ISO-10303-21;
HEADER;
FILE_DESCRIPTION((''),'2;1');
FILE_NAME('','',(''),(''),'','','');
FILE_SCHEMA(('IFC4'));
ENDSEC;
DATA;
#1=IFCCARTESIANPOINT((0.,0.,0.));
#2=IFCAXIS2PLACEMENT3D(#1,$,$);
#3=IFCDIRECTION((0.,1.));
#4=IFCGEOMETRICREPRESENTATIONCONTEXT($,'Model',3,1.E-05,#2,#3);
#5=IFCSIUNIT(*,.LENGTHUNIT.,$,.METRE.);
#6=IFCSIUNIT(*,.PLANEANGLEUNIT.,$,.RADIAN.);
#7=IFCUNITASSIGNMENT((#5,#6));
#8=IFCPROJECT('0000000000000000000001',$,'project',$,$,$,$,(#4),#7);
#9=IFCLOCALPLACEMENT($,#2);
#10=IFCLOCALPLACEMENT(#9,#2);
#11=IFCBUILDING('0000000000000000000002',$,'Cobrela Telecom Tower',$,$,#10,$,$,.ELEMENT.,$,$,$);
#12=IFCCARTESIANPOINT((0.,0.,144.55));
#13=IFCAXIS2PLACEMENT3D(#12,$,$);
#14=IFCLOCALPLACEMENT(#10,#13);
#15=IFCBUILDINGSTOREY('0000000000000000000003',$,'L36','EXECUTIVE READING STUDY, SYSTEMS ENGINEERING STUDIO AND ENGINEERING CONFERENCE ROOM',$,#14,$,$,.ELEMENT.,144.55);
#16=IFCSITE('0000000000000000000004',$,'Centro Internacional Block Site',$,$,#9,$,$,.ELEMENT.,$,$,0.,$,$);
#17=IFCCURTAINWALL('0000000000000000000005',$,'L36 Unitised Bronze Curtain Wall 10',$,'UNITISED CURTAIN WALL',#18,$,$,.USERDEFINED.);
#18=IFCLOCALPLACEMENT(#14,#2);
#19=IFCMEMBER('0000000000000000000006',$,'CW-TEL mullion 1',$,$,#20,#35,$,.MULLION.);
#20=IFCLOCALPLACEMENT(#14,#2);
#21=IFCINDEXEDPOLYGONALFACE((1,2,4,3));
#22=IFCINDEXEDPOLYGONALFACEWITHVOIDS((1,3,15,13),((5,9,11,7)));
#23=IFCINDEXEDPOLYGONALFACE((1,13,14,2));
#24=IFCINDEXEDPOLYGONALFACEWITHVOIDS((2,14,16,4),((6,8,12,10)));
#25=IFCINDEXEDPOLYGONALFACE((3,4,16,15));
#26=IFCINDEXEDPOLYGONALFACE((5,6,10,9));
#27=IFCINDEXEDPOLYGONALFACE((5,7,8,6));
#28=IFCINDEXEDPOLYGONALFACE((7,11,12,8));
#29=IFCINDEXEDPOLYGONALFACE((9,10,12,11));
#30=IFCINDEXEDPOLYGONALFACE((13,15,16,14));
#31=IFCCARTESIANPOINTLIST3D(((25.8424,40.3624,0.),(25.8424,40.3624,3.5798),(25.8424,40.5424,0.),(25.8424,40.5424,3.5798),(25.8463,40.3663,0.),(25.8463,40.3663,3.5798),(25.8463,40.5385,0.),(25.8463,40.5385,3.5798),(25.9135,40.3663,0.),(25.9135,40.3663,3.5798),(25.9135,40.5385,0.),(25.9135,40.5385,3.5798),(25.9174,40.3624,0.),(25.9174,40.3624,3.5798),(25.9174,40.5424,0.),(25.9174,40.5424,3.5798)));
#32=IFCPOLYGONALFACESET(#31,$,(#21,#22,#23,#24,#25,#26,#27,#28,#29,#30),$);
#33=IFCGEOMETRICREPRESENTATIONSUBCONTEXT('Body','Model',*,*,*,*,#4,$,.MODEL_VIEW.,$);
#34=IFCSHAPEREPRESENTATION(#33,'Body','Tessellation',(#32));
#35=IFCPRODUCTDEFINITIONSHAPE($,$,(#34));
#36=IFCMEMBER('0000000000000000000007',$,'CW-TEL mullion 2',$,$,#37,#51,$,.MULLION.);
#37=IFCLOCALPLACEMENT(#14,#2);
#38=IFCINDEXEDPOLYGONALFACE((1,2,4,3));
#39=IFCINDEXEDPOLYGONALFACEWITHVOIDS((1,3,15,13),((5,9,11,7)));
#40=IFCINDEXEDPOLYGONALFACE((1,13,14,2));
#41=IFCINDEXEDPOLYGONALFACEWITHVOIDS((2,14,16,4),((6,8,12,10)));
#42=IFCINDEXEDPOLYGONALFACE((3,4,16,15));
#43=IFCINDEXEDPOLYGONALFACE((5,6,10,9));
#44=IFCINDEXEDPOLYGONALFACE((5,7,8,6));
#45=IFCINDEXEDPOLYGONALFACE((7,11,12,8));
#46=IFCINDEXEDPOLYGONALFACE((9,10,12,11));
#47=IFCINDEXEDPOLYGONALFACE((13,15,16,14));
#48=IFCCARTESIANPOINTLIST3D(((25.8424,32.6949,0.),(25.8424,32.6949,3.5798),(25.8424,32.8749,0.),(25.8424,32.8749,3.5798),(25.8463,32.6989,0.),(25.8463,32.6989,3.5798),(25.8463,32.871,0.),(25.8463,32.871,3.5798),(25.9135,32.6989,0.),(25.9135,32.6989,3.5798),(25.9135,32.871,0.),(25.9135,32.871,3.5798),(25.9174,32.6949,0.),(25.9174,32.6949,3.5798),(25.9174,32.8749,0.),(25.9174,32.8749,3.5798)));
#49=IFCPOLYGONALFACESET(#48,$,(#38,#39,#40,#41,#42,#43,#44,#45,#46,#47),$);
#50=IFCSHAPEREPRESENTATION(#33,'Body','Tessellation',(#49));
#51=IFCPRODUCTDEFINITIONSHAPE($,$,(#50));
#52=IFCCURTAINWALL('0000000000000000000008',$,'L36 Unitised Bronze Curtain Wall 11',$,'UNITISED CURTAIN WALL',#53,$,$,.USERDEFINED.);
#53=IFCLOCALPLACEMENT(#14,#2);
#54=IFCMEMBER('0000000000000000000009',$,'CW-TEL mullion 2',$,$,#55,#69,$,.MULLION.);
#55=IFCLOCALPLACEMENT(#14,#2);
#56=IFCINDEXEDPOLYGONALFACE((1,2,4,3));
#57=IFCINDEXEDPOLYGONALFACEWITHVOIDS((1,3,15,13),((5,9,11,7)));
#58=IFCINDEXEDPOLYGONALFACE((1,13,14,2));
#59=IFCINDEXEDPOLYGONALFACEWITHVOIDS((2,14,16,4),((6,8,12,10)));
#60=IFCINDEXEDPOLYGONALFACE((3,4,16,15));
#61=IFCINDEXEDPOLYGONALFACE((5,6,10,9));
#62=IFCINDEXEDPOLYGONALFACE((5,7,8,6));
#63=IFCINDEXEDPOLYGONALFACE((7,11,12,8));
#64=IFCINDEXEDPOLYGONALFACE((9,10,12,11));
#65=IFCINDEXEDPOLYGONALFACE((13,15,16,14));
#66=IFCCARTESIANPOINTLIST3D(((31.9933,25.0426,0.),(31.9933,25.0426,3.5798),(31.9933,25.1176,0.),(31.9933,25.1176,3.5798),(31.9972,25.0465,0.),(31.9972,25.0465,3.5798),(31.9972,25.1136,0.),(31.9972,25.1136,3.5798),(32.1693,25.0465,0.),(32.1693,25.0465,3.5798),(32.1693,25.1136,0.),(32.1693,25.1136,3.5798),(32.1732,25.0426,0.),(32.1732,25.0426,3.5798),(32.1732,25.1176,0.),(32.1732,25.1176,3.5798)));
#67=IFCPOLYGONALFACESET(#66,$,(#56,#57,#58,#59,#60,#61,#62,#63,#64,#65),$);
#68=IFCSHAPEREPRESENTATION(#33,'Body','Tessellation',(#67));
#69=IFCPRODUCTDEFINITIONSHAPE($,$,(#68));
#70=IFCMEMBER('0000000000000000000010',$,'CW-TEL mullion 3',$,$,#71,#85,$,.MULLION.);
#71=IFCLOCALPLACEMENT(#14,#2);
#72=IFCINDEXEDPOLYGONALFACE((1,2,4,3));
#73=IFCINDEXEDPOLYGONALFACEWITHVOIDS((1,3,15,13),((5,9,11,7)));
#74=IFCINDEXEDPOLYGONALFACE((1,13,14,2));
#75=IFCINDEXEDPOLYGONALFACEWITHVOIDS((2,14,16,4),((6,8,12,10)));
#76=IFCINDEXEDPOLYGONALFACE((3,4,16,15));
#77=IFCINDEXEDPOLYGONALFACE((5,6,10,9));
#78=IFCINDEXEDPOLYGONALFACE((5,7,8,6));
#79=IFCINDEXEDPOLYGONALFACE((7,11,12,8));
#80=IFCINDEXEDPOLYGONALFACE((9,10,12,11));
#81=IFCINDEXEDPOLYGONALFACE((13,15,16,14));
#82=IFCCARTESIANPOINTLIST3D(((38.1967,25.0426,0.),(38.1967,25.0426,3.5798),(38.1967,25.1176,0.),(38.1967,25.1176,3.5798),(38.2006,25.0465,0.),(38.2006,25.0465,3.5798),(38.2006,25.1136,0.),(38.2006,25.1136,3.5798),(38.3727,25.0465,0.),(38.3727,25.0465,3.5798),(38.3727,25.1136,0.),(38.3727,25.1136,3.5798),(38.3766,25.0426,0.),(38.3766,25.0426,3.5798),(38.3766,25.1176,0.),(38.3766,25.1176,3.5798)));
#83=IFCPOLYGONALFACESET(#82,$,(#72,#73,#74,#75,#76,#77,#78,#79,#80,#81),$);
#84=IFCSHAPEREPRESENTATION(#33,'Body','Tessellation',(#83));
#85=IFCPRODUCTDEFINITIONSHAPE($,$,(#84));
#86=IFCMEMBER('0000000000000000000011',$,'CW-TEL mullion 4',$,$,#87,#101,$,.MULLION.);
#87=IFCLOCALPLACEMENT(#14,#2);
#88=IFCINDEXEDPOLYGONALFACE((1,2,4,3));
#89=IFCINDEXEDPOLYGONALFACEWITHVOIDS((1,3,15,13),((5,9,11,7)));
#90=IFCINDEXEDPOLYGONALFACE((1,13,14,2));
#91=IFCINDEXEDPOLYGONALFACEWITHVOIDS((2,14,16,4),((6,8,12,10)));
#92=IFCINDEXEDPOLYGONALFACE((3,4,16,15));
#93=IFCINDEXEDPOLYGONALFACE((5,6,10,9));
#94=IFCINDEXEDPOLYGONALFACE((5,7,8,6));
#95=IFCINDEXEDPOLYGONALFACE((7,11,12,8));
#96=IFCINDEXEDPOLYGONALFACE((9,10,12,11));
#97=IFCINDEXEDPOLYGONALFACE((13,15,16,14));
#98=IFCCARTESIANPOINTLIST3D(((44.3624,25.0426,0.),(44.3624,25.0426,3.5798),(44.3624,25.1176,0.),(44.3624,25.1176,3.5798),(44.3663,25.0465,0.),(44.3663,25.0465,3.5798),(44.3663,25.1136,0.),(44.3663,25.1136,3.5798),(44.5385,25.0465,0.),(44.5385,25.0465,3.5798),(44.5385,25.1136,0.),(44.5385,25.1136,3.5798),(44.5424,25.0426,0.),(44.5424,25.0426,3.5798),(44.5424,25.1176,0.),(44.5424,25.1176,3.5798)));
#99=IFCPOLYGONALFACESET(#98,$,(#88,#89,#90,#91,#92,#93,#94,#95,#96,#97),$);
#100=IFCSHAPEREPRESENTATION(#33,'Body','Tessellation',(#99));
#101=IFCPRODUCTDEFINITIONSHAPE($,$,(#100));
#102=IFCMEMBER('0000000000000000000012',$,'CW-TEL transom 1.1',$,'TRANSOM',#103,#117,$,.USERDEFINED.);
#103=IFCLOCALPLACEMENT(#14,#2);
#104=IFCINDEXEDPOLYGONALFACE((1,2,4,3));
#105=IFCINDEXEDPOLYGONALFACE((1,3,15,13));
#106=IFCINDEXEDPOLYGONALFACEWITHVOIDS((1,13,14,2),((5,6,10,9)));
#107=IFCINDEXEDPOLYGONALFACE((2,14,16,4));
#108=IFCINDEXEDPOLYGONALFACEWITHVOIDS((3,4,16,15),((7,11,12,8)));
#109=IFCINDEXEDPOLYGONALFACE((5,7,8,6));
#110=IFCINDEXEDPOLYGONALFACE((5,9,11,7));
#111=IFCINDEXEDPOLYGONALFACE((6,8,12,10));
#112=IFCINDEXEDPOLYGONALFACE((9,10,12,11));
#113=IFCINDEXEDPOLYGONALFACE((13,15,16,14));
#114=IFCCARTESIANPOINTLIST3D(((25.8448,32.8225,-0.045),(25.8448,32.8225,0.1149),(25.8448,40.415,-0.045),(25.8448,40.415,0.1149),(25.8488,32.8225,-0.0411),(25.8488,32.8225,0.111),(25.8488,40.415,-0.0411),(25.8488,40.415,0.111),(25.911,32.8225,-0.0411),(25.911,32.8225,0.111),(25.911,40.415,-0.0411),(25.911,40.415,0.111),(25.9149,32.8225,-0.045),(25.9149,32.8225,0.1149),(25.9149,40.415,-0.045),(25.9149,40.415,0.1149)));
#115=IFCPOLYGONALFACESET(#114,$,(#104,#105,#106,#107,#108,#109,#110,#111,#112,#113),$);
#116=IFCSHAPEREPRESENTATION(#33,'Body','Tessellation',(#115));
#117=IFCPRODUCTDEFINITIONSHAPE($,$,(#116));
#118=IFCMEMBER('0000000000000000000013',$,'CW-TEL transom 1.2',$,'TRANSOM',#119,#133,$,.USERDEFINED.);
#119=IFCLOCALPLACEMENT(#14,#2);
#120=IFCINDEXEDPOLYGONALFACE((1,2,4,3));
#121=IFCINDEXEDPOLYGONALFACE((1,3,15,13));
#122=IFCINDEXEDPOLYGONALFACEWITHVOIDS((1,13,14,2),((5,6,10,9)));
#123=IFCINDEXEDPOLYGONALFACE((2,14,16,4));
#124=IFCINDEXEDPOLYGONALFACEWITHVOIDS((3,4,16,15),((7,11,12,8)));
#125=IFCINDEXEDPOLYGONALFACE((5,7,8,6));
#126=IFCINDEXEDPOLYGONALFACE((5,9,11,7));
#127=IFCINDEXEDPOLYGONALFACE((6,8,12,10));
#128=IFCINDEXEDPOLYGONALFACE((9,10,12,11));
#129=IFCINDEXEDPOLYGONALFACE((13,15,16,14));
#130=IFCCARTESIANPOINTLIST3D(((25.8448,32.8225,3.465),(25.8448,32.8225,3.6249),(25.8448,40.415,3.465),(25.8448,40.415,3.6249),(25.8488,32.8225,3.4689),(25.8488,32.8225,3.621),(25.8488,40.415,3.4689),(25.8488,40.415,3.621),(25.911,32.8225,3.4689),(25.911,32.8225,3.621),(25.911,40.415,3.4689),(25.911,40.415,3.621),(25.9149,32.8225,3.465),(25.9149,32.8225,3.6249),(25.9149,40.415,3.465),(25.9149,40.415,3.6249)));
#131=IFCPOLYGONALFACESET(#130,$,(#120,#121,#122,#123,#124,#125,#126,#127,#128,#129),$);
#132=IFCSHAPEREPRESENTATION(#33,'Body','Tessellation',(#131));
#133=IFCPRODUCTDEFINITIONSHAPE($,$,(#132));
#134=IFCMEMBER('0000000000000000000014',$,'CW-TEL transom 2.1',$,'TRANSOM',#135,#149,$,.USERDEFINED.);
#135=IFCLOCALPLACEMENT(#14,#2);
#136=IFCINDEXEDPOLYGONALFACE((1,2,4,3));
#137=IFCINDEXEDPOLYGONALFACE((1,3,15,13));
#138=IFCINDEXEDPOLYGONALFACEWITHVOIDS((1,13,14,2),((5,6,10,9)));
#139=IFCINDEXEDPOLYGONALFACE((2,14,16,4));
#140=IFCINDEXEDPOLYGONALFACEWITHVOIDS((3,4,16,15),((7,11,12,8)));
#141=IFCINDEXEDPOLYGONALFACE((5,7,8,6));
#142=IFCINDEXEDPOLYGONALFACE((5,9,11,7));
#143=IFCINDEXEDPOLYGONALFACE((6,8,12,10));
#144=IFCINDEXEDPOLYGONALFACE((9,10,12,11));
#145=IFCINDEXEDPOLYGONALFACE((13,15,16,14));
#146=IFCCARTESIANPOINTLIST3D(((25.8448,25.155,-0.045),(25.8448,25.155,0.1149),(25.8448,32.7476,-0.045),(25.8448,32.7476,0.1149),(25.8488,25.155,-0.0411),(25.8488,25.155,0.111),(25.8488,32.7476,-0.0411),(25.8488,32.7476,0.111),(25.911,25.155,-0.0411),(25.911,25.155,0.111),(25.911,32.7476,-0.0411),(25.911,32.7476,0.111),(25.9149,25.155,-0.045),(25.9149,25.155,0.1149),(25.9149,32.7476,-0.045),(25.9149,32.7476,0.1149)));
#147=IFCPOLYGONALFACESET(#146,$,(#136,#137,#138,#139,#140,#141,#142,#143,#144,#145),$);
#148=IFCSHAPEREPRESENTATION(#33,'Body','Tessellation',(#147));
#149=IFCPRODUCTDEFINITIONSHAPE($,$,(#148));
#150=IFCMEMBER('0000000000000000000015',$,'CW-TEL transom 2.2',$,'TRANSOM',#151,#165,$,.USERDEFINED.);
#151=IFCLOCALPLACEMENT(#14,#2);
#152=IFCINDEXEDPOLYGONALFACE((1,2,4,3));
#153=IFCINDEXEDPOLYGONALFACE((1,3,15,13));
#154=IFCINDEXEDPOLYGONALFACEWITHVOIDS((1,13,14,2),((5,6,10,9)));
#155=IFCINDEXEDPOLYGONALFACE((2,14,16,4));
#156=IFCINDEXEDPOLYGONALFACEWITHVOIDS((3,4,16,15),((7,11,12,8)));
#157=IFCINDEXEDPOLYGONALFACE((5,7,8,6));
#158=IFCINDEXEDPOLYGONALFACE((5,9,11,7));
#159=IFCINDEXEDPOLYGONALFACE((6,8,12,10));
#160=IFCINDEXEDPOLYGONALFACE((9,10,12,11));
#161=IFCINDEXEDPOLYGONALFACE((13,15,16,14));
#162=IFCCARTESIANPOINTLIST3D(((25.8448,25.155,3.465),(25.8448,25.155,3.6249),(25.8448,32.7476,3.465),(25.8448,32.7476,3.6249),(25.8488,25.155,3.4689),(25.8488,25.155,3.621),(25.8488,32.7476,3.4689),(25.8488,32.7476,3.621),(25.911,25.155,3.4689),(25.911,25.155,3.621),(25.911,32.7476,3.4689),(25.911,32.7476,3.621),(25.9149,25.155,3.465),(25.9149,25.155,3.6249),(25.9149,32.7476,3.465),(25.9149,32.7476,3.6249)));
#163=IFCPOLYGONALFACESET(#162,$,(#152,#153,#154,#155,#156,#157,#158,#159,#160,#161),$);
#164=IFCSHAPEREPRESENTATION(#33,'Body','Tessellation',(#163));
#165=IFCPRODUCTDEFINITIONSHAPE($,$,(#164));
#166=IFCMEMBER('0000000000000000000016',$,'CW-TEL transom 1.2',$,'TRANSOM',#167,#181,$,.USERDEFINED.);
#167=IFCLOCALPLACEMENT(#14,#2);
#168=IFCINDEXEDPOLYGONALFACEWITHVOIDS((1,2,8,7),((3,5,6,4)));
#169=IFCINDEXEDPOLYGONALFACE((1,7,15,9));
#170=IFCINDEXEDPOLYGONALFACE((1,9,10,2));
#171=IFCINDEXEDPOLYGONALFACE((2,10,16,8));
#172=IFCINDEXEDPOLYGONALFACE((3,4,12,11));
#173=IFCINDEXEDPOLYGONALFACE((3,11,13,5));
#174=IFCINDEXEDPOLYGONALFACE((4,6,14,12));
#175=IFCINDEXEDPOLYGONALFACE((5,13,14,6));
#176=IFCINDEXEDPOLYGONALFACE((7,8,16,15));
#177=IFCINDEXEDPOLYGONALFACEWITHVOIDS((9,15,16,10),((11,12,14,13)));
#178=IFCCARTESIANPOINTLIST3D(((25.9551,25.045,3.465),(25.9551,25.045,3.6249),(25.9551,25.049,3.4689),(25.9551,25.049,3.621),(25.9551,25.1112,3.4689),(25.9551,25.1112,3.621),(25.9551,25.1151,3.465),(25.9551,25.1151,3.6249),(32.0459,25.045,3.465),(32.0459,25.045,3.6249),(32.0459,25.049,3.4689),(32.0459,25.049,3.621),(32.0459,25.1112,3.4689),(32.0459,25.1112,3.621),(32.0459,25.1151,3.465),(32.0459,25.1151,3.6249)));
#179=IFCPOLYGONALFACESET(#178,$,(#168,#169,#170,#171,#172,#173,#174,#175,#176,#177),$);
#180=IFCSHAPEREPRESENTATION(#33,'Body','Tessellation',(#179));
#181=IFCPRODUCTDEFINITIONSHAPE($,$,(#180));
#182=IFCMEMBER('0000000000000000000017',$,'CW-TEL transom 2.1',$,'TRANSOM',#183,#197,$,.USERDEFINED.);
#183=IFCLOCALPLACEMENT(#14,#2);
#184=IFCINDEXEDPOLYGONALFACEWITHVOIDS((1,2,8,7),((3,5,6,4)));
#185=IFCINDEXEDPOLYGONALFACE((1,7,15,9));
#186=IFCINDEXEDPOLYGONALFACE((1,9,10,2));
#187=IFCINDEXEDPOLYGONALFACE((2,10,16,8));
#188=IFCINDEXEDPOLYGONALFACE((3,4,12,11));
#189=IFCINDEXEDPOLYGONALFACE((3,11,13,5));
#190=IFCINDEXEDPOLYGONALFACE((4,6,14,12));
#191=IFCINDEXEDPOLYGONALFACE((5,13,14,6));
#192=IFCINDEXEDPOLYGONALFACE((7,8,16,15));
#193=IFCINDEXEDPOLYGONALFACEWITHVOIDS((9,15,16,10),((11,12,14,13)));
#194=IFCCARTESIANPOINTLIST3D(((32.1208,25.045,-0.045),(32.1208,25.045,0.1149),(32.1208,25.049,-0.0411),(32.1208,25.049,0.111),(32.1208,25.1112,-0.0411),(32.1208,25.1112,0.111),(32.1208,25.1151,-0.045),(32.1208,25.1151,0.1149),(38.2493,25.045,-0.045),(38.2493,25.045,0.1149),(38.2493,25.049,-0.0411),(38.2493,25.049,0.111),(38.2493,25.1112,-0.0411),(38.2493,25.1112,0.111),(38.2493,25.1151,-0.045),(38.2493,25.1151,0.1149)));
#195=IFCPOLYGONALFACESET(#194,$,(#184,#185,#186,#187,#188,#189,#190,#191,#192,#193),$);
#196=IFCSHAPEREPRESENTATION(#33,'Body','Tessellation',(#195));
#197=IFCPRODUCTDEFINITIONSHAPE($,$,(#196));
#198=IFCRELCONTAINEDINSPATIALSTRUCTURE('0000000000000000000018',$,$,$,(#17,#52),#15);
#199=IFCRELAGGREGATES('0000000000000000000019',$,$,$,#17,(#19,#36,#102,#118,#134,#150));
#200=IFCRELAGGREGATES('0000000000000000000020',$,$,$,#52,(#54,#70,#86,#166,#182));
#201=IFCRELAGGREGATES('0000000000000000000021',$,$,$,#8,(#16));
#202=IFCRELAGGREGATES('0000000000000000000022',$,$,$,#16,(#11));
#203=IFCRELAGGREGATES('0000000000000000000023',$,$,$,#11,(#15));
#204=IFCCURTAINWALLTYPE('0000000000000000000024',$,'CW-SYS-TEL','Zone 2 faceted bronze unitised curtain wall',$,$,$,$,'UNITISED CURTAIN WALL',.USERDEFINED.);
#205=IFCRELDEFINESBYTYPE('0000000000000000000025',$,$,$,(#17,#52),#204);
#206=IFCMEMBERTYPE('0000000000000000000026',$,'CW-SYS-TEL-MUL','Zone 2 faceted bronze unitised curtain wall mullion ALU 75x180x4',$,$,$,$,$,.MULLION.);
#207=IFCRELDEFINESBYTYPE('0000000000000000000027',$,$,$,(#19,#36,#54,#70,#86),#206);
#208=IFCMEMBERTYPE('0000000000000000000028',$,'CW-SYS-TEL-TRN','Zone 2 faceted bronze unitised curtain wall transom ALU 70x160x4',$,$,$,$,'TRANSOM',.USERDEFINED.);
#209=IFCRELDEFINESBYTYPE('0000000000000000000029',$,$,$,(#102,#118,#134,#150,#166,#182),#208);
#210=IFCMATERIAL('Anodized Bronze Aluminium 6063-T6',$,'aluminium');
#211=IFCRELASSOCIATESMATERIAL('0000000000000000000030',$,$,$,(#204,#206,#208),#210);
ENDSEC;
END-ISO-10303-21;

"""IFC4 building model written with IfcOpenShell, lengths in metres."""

from ifc_helpers import new_model, si_unit, direction, frame, origin, origin_2d, place, context, subcontext, project, spatial, hollow_rectangle, extrude, material, material_profile, profile_set, type_object, element, aggregate, save


model = new_model("IFC4")

# Units and contexts
model_context = context("Model", 3, precision=1e-05, world=origin(), true_north=direction((0.0, 1.0)))
body_context = subcontext(model_context, "Body", "Model", "MODEL_VIEW")
ifc_project = project(units=[si_unit("LENGTHUNIT", "METRE"), si_unit("PLANEANGLEUNIT", "RADIAN")], contexts=[model_context])

# Site, building, storey
site_placement = place(None, origin())
site = spatial("IfcSite", under=ifc_project, at=site_placement, Name="Centro Internacional Block Site", CompositionType="ELEMENT", RefElevation=0.0)
building_placement = place(site_placement, origin())
building = spatial("IfcBuilding", under=site, at=building_placement, Name="Cobrela Telecom Tower", CompositionType="ELEMENT")
storey_placement = place(building_placement, frame((0.0, 0.0, 144.55)))
storey = spatial("IfcBuildingStorey", under=building, at=storey_placement, Name="L36", Description="EXECUTIVE READING STUDY, SYSTEMS ENGINEERING STUDIO AND ENGINEERING CONFERENCE ROOM", CompositionType="ELEMENT", Elevation=144.55)

# Curtain walls, members
ifc_material_1 = material(Name="Anodized Bronze Aluminium 6063-T6", Category="aluminium")
curtain_wall_type = type_object("IfcCurtainWallType", Name="CW-SYS-TEL", Description="Zone 2 faceted bronze unitised curtain wall", ElementType="UNITISED CURTAIN WALL", PredefinedType="USERDEFINED", material=ifc_material_1)
curtain_wall_1_placement = place(storey_placement, origin())
curtain_wall_1 = element("IfcCurtainWall", 1, at=curtain_wall_1_placement, inside=storey, type_object=curtain_wall_type, Name="L36 Unitised Bronze Curtain Wall 10", ObjectType="UNITISED CURTAIN WALL", PredefinedType="USERDEFINED")
ifc_material_profile_1 = material_profile(ifc_material_1, hollow_rectangle(XDim=0.075, YDim=0.1799, WallThickness=0.0039, at=origin_2d()), Name="ALU 75x180x4")
ifc_profile_set_1 = profile_set([ifc_material_profile_1], Name="Anodized Bronze Aluminium 6063-T6")
member_type_1 = type_object("IfcMemberType", Name="CW-SYS-TEL-MUL", Description="Zone 2 faceted bronze unitised curtain wall mullion ALU 75x180x4", PredefinedType="MULLION", material=ifc_profile_set_1)
member_1_placement = place(storey_placement, frame((25.8799, 40.4524, 0.0), z_axis=(0.0, 0.0, 1.0), x_axis=(1.0, 0.0, 0.0)))
member_1 = element("IfcMember", 2, at=member_1_placement, type_object=member_type_1, Name="CW-TEL mullion 1", PredefinedType="MULLION", context=body_context, shape_type="SweptSolid", body=[
    extrude(hollow_rectangle(XDim=0.075, YDim=0.1799, WallThickness=0.0039, at=origin_2d()), origin(), (0.0, 0.0, 1.0), 3.5798),
])
member_2_placement = place(storey_placement, frame((25.8799, 32.7849, 0.0), z_axis=(0.0, 0.0, 1.0), x_axis=(1.0, 0.0, 0.0)))
member_2 = element("IfcMember", 3, at=member_2_placement, type_object=member_type_1, Name="CW-TEL mullion 2", PredefinedType="MULLION", context=body_context, shape_type="SweptSolid", body=[
    extrude(hollow_rectangle(XDim=0.075, YDim=0.1799, WallThickness=0.0039, at=origin_2d()), origin(), (0.0, 0.0, 1.0), 3.5798),
])
curtain_wall_2_placement = place(storey_placement, origin())
curtain_wall_2 = element("IfcCurtainWall", 4, at=curtain_wall_2_placement, inside=storey, type_object=curtain_wall_type, Name="L36 Unitised Bronze Curtain Wall 11", ObjectType="UNITISED CURTAIN WALL", PredefinedType="USERDEFINED")
member_3_placement = place(storey_placement, frame((32.0833, 25.0801, 0.0), z_axis=(0.0, 0.0, 1.0), x_axis=(0.0, 1.0, 0.0)))
member_3 = element("IfcMember", 5, at=member_3_placement, type_object=member_type_1, Name="CW-TEL mullion 2", PredefinedType="MULLION", context=body_context, shape_type="SweptSolid", body=[
    extrude(hollow_rectangle(XDim=0.075, YDim=0.1799, WallThickness=0.0039, at=origin_2d()), origin(), (0.0, 0.0, 1.0), 3.5798),
])
member_4_placement = place(storey_placement, frame((38.2866, 25.0801, 0.0), z_axis=(0.0, 0.0, 1.0), x_axis=(0.0, 1.0, 0.0)))
member_4 = element("IfcMember", 6, at=member_4_placement, type_object=member_type_1, Name="CW-TEL mullion 3", PredefinedType="MULLION", context=body_context, shape_type="SweptSolid", body=[
    extrude(hollow_rectangle(XDim=0.075, YDim=0.1799, WallThickness=0.0039, at=origin_2d()), origin(), (0.0, 0.0, 1.0), 3.5798),
])
member_5_placement = place(storey_placement, frame((44.4524, 25.0801, 0.0), z_axis=(0.0, 0.0, 1.0), x_axis=(0.0, 1.0, 0.0)))
member_5 = element("IfcMember", 7, at=member_5_placement, type_object=member_type_1, Name="CW-TEL mullion 4", PredefinedType="MULLION", context=body_context, shape_type="SweptSolid", body=[
    extrude(hollow_rectangle(XDim=0.075, YDim=0.1799, WallThickness=0.0039, at=origin_2d()), origin(), (0.0, 0.0, 1.0), 3.5798),
])

# Members
ifc_material_profile_2 = material_profile(ifc_material_1, hollow_rectangle(XDim=0.0701, YDim=0.1599, WallThickness=0.0039, at=origin_2d()), Name="ALU 70x160x4")
ifc_profile_set_2 = profile_set([ifc_material_profile_2], Name="Anodized Bronze Aluminium 6063-T6")
member_type_2 = type_object("IfcMemberType", Name="CW-SYS-TEL-TRN", Description="Zone 2 faceted bronze unitised curtain wall transom ALU 70x160x4", ElementType="TRANSOM", PredefinedType="USERDEFINED", material=ifc_profile_set_2)
member_6_placement = place(storey_placement, frame((25.8799, 40.415, 0.0349), z_axis=(0.0, -1.0, 0.0), x_axis=(1.0, 0.0, 0.0)))
member_6 = element("IfcMember", 8, at=member_6_placement, type_object=member_type_2, Name="CW-TEL transom 1.1", ObjectType="TRANSOM", PredefinedType="USERDEFINED", context=body_context, shape_type="SweptSolid", body=[
    extrude(hollow_rectangle(XDim=0.0701, YDim=0.1599, WallThickness=0.0039, at=origin_2d()), origin(), (0.0, 0.0, 1.0), 7.5925),
])
member_7_placement = place(storey_placement, frame((25.8799, 40.415, 3.5449), z_axis=(0.0, -1.0, 0.0), x_axis=(1.0, 0.0, 0.0)))
member_7 = element("IfcMember", 9, at=member_7_placement, type_object=member_type_2, Name="CW-TEL transom 1.2", ObjectType="TRANSOM", PredefinedType="USERDEFINED", context=body_context, shape_type="SweptSolid", body=[
    extrude(hollow_rectangle(XDim=0.0701, YDim=0.1599, WallThickness=0.0039, at=origin_2d()), origin(), (0.0, 0.0, 1.0), 7.5925),
])
member_8_placement = place(storey_placement, frame((25.8799, 32.7476, 0.0349), z_axis=(0.0, -1.0, 0.0), x_axis=(1.0, 0.0, 0.0)))
member_8 = element("IfcMember", 10, at=member_8_placement, type_object=member_type_2, Name="CW-TEL transom 2.1", ObjectType="TRANSOM", PredefinedType="USERDEFINED", context=body_context, shape_type="SweptSolid", body=[
    extrude(hollow_rectangle(XDim=0.0701, YDim=0.1599, WallThickness=0.0039, at=origin_2d()), origin(), (0.0, 0.0, 1.0), 7.5925),
])
member_9_placement = place(storey_placement, frame((25.8799, 32.7476, 3.5449), z_axis=(0.0, -1.0, 0.0), x_axis=(1.0, 0.0, 0.0)))
member_9 = element("IfcMember", 11, at=member_9_placement, type_object=member_type_2, Name="CW-TEL transom 2.2", ObjectType="TRANSOM", PredefinedType="USERDEFINED", context=body_context, shape_type="SweptSolid", body=[
    extrude(hollow_rectangle(XDim=0.0701, YDim=0.1599, WallThickness=0.0039, at=origin_2d()), origin(), (0.0, 0.0, 1.0), 7.5925),
])
member_10_placement = place(storey_placement, frame((25.9551, 25.0801, 3.5449), z_axis=(1.0, 0.0, 0.0), x_axis=(0.0, 1.0, 0.0)))
member_10 = element("IfcMember", 12, at=member_10_placement, type_object=member_type_2, Name="CW-TEL transom 1.2", ObjectType="TRANSOM", PredefinedType="USERDEFINED", context=body_context, shape_type="SweptSolid", body=[
    extrude(hollow_rectangle(XDim=0.0701, YDim=0.1599, WallThickness=0.0039, at=origin_2d()), origin(), (0.0, 0.0, 1.0), 6.0908),
])
member_11_placement = place(storey_placement, frame((32.1208, 25.0801, 0.0349), z_axis=(1.0, 0.0, 0.0), x_axis=(0.0, 1.0, 0.0)))
member_11 = element("IfcMember", 13, at=member_11_placement, type_object=member_type_2, Name="CW-TEL transom 2.1", ObjectType="TRANSOM", PredefinedType="USERDEFINED", context=body_context, shape_type="SweptSolid", body=[
    extrude(hollow_rectangle(XDim=0.0701, YDim=0.1599, WallThickness=0.0039, at=origin_2d()), origin(), (0.0, 0.0, 1.0), 6.1284),
])

aggregate(curtain_wall_1, [member_1, member_2, member_6, member_7, member_8, member_9])
aggregate(curtain_wall_2, [member_3, member_4, member_5, member_10, member_11])

save(model, "model.ifc")
